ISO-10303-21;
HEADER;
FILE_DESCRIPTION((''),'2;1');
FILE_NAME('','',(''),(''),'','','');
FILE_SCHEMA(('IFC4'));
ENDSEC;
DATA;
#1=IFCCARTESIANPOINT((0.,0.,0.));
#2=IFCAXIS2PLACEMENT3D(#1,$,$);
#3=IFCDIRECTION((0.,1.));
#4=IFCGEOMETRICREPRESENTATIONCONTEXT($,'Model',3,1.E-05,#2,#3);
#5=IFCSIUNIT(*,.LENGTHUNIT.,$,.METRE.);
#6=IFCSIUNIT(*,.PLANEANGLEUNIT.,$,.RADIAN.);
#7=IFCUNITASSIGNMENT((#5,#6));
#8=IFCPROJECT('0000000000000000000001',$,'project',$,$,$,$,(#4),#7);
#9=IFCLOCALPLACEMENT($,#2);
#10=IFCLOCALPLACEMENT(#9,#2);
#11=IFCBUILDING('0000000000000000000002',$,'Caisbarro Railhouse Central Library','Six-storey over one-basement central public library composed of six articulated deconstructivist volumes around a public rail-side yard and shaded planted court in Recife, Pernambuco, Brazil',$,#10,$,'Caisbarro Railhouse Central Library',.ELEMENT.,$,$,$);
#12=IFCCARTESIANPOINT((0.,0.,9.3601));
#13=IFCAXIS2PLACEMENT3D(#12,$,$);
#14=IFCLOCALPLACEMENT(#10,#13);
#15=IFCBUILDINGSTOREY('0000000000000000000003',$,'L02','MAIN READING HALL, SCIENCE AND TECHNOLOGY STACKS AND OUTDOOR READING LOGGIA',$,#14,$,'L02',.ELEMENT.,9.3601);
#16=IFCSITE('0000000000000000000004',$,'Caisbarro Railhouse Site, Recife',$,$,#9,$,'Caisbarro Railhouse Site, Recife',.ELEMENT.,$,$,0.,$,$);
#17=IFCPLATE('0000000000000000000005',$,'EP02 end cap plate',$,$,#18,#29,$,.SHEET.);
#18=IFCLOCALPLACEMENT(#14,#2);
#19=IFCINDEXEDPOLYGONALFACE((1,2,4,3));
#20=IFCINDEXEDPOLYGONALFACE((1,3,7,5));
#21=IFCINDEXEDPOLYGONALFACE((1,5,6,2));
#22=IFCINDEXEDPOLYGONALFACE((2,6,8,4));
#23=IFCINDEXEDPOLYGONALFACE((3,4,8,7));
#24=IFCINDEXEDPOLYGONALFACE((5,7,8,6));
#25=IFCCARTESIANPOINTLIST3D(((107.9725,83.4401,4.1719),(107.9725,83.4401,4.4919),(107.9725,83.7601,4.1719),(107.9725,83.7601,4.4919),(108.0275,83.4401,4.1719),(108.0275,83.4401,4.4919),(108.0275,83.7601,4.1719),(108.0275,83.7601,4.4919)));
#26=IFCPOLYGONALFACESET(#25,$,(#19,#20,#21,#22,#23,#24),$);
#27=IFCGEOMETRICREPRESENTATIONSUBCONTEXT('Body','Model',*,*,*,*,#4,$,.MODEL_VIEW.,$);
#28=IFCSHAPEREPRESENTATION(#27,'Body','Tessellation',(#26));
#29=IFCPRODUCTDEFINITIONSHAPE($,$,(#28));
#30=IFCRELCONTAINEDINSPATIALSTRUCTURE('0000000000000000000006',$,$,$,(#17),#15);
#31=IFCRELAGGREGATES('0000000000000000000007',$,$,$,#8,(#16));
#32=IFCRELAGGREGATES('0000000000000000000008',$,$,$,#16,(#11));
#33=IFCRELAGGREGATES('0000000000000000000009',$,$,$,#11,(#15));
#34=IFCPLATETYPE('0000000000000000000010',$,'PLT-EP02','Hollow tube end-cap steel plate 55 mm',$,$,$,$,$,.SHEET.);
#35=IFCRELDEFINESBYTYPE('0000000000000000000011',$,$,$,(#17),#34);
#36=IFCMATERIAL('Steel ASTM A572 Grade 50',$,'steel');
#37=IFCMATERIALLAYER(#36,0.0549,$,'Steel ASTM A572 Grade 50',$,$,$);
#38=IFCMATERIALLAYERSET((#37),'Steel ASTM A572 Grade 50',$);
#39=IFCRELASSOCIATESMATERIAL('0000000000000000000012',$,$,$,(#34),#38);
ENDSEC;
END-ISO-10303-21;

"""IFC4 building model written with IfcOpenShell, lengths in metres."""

from ifc_helpers import new_model, si_unit, direction, frame, origin, origin_2d, place, context, subcontext, project, spatial, rectangle, extrude, material, layer, layer_set, type_object, element, save


model = new_model("IFC4")

# Units and contexts
model_context = context("Model", 3, precision=1e-05, world=origin(), true_north=direction((0.0, 1.0)))
body_context = subcontext(model_context, "Body", "Model", "MODEL_VIEW")
ifc_project = project(units=[si_unit("LENGTHUNIT", "METRE"), si_unit("PLANEANGLEUNIT", "RADIAN")], contexts=[model_context])

# Site, building, storey
site_placement = place(None, origin())
site = spatial("IfcSite", under=ifc_project, at=site_placement, Name="Caisbarro Railhouse Site, Recife", LongName="Caisbarro Railhouse Site, Recife", CompositionType="ELEMENT", RefElevation=0.0)
building_placement = place(site_placement, origin())
building = spatial("IfcBuilding", under=site, at=building_placement, Name="Caisbarro Railhouse Central Library", Description="Six-storey over one-basement central public library composed of six articulated deconstructivist volumes around a public rail-side yard and shaded planted court in Recife, Pernambuco, Brazil", LongName="Caisbarro Railhouse Central Library", CompositionType="ELEMENT")
storey_placement = place(building_placement, frame((0.0, 0.0, 9.3601)))
storey = spatial("IfcBuildingStorey", under=building, at=storey_placement, Name="L02", Description="MAIN READING HALL, SCIENCE AND TECHNOLOGY STACKS AND OUTDOOR READING LOGGIA", LongName="L02", CompositionType="ELEMENT", Elevation=9.3601)

# Shared definitions
ifc_material_1 = material(Name="Steel ASTM A572 Grade 50", Category="steel")

# Plate
ifc_layer_1 = layer(ifc_material_1, 0.0549, Name="Steel ASTM A572 Grade 50")
ifc_layer_set_1 = layer_set([ifc_layer_1], Name="Steel ASTM A572 Grade 50")
plate_type_1 = type_object("IfcPlateType", Name="PLT-EP02", Description="Hollow tube end-cap steel plate 55 mm", PredefinedType="SHEET", material=ifc_layer_set_1)
plate_1_placement = place(storey_placement, frame((108.0, 83.6001, 4.1719), z_axis=(0.0, 0.0, 1.0), x_axis=(1.0, 0.0, 0.0)))
element("IfcPlate", 1, at=plate_1_placement, inside=storey, type_object=plate_type_1, Name="EP02 end cap plate", PredefinedType="SHEET", context=body_context, shape_type="SweptSolid", body=[
    extrude(rectangle(XDim=0.0549, YDim=0.3201, at=origin_2d()), origin(), (0.0, 0.0, 1.0), 0.3201),
])

save(model, "model.ifc")
